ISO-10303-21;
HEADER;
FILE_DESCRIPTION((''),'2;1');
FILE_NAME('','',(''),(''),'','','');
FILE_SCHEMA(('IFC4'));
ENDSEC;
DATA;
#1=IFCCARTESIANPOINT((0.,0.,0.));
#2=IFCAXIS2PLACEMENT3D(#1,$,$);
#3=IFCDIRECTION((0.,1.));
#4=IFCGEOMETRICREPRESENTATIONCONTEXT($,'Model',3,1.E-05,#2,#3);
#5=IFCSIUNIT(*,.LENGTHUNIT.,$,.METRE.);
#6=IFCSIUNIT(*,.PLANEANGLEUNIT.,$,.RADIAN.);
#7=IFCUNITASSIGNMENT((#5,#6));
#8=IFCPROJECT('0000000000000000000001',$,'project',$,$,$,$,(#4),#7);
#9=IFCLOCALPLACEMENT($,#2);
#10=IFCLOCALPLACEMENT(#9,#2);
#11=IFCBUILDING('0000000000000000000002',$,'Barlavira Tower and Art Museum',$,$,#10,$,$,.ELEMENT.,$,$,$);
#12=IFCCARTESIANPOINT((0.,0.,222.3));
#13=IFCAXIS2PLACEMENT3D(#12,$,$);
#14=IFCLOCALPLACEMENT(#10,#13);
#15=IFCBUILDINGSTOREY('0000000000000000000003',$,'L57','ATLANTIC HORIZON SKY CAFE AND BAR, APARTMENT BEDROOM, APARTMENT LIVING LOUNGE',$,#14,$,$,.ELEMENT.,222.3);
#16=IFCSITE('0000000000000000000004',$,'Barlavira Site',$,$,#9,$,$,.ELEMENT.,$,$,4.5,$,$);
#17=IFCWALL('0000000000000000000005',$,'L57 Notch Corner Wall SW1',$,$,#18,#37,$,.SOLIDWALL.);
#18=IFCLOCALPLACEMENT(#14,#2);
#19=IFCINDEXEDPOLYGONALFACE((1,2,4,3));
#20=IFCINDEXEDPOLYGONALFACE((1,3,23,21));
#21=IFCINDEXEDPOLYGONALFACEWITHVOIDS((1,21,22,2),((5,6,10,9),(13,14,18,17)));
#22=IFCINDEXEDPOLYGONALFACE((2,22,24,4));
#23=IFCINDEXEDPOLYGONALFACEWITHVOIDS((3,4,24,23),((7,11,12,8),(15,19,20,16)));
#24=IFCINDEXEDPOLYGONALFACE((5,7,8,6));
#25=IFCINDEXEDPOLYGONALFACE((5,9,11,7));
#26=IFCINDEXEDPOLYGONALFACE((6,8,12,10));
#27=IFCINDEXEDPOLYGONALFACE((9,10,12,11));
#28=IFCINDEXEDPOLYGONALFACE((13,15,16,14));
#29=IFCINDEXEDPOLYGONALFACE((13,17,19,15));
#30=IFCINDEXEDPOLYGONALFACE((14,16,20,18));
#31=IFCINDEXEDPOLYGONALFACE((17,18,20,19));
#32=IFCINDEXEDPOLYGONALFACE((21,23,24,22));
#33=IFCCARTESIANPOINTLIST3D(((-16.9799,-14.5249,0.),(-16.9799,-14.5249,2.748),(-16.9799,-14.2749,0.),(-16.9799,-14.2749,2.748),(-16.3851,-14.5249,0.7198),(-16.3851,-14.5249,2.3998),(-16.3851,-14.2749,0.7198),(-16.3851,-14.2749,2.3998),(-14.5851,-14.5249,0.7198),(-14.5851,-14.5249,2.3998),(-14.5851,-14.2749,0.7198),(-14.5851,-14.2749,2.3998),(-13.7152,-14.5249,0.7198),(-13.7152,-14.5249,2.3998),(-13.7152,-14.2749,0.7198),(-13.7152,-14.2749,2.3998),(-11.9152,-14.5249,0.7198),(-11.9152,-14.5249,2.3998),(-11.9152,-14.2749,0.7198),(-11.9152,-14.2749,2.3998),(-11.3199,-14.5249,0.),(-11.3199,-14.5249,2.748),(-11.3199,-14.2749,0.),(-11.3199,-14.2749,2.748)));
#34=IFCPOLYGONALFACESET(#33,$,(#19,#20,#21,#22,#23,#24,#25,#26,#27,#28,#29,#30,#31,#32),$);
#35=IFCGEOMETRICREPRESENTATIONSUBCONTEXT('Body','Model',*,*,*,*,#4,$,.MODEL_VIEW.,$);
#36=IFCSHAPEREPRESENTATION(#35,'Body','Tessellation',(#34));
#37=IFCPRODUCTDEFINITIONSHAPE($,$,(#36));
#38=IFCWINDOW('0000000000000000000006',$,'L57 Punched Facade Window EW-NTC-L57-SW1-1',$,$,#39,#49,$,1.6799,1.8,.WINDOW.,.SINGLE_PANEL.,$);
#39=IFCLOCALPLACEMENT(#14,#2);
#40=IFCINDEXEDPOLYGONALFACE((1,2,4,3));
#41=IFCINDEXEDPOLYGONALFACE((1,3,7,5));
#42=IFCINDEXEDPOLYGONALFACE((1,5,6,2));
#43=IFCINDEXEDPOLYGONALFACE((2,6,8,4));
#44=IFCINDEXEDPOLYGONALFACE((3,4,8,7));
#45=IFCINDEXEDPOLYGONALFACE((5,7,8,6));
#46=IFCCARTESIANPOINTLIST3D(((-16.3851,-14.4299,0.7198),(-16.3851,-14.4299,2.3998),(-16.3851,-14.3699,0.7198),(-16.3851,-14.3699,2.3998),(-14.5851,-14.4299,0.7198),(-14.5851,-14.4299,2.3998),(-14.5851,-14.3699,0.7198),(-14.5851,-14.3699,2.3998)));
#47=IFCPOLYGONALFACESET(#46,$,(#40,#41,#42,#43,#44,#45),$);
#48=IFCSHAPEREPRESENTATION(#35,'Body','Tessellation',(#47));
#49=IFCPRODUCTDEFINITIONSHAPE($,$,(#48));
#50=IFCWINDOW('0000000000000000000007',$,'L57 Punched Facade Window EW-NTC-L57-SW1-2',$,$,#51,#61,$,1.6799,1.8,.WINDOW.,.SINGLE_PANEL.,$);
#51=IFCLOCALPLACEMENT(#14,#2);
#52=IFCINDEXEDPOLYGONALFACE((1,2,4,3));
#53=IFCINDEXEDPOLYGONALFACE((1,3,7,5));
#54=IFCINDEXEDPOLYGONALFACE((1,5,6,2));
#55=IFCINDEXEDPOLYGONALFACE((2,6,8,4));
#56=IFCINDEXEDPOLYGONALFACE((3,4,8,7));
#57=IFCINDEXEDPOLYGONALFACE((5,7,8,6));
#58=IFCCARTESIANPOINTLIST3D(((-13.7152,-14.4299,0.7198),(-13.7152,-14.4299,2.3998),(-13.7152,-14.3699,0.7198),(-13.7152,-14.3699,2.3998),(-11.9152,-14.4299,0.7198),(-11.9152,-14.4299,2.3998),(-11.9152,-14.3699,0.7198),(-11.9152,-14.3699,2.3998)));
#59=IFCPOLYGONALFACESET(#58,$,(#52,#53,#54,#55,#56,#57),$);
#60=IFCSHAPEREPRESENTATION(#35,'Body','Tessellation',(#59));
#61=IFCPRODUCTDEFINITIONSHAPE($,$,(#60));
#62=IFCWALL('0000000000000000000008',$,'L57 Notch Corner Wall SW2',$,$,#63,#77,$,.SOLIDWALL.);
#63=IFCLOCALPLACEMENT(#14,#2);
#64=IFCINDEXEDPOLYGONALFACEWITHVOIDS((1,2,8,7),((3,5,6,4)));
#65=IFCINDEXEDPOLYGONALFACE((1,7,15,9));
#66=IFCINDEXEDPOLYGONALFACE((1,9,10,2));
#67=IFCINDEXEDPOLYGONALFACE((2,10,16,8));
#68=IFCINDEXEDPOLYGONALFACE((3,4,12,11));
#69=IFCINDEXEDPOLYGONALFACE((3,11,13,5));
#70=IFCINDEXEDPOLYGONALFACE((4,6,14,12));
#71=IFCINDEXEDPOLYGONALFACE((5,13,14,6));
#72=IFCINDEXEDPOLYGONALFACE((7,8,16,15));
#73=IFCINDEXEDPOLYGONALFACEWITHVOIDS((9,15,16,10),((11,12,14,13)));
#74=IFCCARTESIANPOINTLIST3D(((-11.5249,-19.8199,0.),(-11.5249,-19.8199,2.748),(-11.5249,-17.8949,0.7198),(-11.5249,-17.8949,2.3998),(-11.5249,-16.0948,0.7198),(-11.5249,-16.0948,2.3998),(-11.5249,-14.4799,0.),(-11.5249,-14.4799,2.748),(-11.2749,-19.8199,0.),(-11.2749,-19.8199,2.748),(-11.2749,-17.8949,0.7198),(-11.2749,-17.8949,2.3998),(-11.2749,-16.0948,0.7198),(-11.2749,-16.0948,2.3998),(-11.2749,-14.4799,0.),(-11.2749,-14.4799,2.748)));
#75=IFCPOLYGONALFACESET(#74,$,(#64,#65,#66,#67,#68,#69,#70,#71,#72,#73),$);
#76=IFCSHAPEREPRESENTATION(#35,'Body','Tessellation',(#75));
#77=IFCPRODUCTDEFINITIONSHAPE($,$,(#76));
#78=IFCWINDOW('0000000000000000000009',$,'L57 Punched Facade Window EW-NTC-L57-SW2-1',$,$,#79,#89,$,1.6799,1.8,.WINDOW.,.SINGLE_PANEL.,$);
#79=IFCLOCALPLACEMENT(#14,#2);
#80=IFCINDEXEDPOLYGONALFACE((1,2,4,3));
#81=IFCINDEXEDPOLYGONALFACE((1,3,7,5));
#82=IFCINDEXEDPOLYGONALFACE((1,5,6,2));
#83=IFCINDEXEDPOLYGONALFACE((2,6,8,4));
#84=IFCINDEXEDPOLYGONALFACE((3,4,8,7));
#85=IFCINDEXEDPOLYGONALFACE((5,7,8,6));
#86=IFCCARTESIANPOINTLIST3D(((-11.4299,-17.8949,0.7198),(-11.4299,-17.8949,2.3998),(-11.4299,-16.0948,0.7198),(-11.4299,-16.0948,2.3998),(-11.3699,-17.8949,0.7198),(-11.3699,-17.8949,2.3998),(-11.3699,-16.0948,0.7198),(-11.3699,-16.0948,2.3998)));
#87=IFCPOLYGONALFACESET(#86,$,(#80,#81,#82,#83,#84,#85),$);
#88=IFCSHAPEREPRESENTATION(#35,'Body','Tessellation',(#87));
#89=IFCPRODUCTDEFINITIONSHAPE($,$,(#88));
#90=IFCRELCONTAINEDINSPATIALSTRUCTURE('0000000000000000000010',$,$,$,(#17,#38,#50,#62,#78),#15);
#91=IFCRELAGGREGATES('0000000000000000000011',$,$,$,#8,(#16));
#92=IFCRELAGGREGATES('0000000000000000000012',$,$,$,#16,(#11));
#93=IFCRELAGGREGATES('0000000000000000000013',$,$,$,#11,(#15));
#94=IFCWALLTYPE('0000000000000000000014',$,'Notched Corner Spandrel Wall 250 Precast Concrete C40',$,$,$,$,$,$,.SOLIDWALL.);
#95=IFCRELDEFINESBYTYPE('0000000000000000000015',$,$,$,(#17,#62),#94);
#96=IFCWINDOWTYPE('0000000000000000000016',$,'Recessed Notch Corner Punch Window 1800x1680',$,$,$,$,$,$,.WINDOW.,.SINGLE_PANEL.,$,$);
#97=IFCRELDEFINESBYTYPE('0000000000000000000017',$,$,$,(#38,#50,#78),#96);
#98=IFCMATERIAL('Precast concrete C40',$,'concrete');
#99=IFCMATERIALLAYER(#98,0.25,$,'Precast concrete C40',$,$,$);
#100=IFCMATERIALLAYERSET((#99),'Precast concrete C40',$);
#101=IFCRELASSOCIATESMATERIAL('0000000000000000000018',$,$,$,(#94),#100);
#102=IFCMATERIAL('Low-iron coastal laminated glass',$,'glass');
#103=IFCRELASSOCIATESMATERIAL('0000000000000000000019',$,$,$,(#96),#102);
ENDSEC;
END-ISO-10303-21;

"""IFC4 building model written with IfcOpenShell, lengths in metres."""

from ifc_helpers import new_model, si_unit, direction, frame, frame_2d, origin, place, context, subcontext, project, spatial, rectangle, extrude, material, layer, layer_set, type_object, element, fill, save


model = new_model("IFC4")

# Units and contexts
model_context = context("Model", 3, precision=1e-05, world=origin(), true_north=direction((0.0, 1.0)))
body_context = subcontext(model_context, "Body", "Model", "MODEL_VIEW")
ifc_project = project(units=[si_unit("LENGTHUNIT", "METRE"), si_unit("PLANEANGLEUNIT", "RADIAN")], contexts=[model_context])

# Site, building, storey
site_placement = place(None, origin())
site = spatial("IfcSite", under=ifc_project, at=site_placement, Name="Barlavira Site", CompositionType="ELEMENT", RefElevation=4.5)
building_placement = place(site_placement, origin())
building = spatial("IfcBuilding", under=site, at=building_placement, Name="Barlavira Tower and Art Museum", CompositionType="ELEMENT")
storey_placement = place(building_placement, frame((0.0, 0.0, 222.3)))
storey = spatial("IfcBuildingStorey", under=building, at=storey_placement, Name="L57", Description="ATLANTIC HORIZON SKY CAFE AND BAR, APARTMENT BEDROOM, APARTMENT LIVING LOUNGE", CompositionType="ELEMENT", Elevation=222.3)

# Shared definitions
ifc_material_1 = material(Name="Precast concrete C40", Category="concrete")
ifc_layer_1 = layer(ifc_material_1, 0.25, Name="Precast concrete C40")
ifc_layer_set_1 = layer_set([ifc_layer_1], Name="Precast concrete C40")
wall_type_1 = type_object("IfcWallType", Name="Notched Corner Spandrel Wall 250 Precast Concrete C40", PredefinedType="SOLIDWALL", material=ifc_layer_set_1)
ifc_material_2 = material(Name="Low-iron coastal laminated glass", Category="glass")
window_type = type_object("IfcWindowType", Name="Recessed Notch Corner Punch Window 1800x1680", PartitioningType="SINGLE_PANEL", PredefinedType="WINDOW", material=ifc_material_2)

# Wall, openings, windows
wall_1_placement = place(storey_placement, frame((-16.98, -14.3999, 0.0), z_axis=(0.0, 0.0, 1.0), x_axis=(1.0, 0.0, 0.0)))
wall_1 = element("IfcWall", 1, at=wall_1_placement, inside=storey, type_object=wall_type_1, Name="L57 Notch Corner Wall SW1", PredefinedType="SOLIDWALL", context=body_context, shape_type="SweptSolid", body=[
    extrude(rectangle(XDim=5.6599, YDim=0.25, at=frame_2d((2.8301, 0.0))), origin(), (0.0, 0.0, 1.0), 2.748),
])
opening_1_placement = place(wall_1_placement, frame((0.595, 0.0, 0.72)))
opening_1 = element("IfcOpeningElement", 2, at=opening_1_placement, cuts=wall_1, PredefinedType="OPENING", context=body_context, shape_type="SweptSolid", body=[
    extrude(rectangle(XDim=1.8, YDim=1.6799, at=frame_2d((0.8999, 0.8398))), frame((0.0, 0.135, 0.0), z_axis=(0.0, -1.0, 0.0), x_axis=(1.0, 0.0, 0.0)), (0.0, 0.0, 1.0), 0.27),
])
opening_2_placement = place(wall_1_placement, frame((3.2649, 0.0, 0.72)))
opening_2 = element("IfcOpeningElement", 3, at=opening_2_placement, cuts=wall_1, PredefinedType="OPENING", context=body_context, shape_type="SweptSolid", body=[
    extrude(rectangle(XDim=1.8, YDim=1.6799, at=frame_2d((0.8999, 0.8398))), frame((0.0, 0.135, 0.0), z_axis=(0.0, -1.0, 0.0), x_axis=(1.0, 0.0, 0.0)), (0.0, 0.0, 1.0), 0.27),
])
window_1_placement = place(opening_1_placement, origin())
window_1 = element("IfcWindow", 4, at=window_1_placement, inside=storey, type_object=window_type, Name="L57 Punched Facade Window EW-NTC-L57-SW1-1", OverallHeight=1.6799, OverallWidth=1.8, PartitioningType="SINGLE_PANEL", PredefinedType="WINDOW", context=body_context, shape_type="SweptSolid", body=[
    extrude(rectangle(XDim=1.8, YDim=1.6799, at=frame_2d((0.8999, 0.8398))), frame((0.0, 0.03, 0.0), z_axis=(0.0, -1.0, 0.0), x_axis=(1.0, 0.0, 0.0)), (0.0, 0.0, 1.0), 0.0601),
])
fill(opening_1, window_1)
window_2_placement = place(opening_2_placement, origin())
window_2 = element("IfcWindow", 5, at=window_2_placement, inside=storey, type_object=window_type, Name="L57 Punched Facade Window EW-NTC-L57-SW1-2", OverallHeight=1.6799, OverallWidth=1.8, PartitioningType="SINGLE_PANEL", PredefinedType="WINDOW", context=body_context, shape_type="SweptSolid", body=[
    extrude(rectangle(XDim=1.8, YDim=1.6799, at=frame_2d((0.8999, 0.8398))), frame((0.0, 0.03, 0.0), z_axis=(0.0, -1.0, 0.0), x_axis=(1.0, 0.0, 0.0)), (0.0, 0.0, 1.0), 0.0601),
])
fill(opening_2, window_2)

# Wall, opening, window
wall_2_placement = place(storey_placement, frame((-11.3999, -14.48, 0.0), z_axis=(0.0, 0.0, 1.0), x_axis=(0.0, -1.0, 0.0)))
wall_2 = element("IfcWall", 6, at=wall_2_placement, inside=storey, type_object=wall_type_1, Name="L57 Notch Corner Wall SW2", PredefinedType="SOLIDWALL", context=body_context, shape_type="SweptSolid", body=[
    extrude(rectangle(XDim=5.3401, YDim=0.25, at=frame_2d((2.6699, 0.0))), origin(), (0.0, 0.0, 1.0), 2.748),
])
opening_3_placement = place(wall_2_placement, frame((1.615, 0.0, 0.72)))
opening_3 = element("IfcOpeningElement", 7, at=opening_3_placement, cuts=wall_2, PredefinedType="OPENING", context=body_context, shape_type="SweptSolid", body=[
    extrude(rectangle(XDim=1.8, YDim=1.6799, at=frame_2d((0.8999, 0.8398))), frame((0.0, 0.135, 0.0), z_axis=(0.0, -1.0, 0.0), x_axis=(1.0, 0.0, 0.0)), (0.0, 0.0, 1.0), 0.27),
])
window_3_placement = place(opening_3_placement, origin())
window_3 = element("IfcWindow", 8, at=window_3_placement, inside=storey, type_object=window_type, Name="L57 Punched Facade Window EW-NTC-L57-SW2-1", OverallHeight=1.6799, OverallWidth=1.8, PartitioningType="SINGLE_PANEL", PredefinedType="WINDOW", context=body_context, shape_type="SweptSolid", body=[
    extrude(rectangle(XDim=1.8, YDim=1.6799, at=frame_2d((0.8999, 0.8398))), frame((0.0, 0.03, 0.0), z_axis=(0.0, -1.0, 0.0), x_axis=(1.0, 0.0, 0.0)), (0.0, 0.0, 1.0), 0.0601),
])
fill(opening_3, window_3)

save(model, "model.ifc")
